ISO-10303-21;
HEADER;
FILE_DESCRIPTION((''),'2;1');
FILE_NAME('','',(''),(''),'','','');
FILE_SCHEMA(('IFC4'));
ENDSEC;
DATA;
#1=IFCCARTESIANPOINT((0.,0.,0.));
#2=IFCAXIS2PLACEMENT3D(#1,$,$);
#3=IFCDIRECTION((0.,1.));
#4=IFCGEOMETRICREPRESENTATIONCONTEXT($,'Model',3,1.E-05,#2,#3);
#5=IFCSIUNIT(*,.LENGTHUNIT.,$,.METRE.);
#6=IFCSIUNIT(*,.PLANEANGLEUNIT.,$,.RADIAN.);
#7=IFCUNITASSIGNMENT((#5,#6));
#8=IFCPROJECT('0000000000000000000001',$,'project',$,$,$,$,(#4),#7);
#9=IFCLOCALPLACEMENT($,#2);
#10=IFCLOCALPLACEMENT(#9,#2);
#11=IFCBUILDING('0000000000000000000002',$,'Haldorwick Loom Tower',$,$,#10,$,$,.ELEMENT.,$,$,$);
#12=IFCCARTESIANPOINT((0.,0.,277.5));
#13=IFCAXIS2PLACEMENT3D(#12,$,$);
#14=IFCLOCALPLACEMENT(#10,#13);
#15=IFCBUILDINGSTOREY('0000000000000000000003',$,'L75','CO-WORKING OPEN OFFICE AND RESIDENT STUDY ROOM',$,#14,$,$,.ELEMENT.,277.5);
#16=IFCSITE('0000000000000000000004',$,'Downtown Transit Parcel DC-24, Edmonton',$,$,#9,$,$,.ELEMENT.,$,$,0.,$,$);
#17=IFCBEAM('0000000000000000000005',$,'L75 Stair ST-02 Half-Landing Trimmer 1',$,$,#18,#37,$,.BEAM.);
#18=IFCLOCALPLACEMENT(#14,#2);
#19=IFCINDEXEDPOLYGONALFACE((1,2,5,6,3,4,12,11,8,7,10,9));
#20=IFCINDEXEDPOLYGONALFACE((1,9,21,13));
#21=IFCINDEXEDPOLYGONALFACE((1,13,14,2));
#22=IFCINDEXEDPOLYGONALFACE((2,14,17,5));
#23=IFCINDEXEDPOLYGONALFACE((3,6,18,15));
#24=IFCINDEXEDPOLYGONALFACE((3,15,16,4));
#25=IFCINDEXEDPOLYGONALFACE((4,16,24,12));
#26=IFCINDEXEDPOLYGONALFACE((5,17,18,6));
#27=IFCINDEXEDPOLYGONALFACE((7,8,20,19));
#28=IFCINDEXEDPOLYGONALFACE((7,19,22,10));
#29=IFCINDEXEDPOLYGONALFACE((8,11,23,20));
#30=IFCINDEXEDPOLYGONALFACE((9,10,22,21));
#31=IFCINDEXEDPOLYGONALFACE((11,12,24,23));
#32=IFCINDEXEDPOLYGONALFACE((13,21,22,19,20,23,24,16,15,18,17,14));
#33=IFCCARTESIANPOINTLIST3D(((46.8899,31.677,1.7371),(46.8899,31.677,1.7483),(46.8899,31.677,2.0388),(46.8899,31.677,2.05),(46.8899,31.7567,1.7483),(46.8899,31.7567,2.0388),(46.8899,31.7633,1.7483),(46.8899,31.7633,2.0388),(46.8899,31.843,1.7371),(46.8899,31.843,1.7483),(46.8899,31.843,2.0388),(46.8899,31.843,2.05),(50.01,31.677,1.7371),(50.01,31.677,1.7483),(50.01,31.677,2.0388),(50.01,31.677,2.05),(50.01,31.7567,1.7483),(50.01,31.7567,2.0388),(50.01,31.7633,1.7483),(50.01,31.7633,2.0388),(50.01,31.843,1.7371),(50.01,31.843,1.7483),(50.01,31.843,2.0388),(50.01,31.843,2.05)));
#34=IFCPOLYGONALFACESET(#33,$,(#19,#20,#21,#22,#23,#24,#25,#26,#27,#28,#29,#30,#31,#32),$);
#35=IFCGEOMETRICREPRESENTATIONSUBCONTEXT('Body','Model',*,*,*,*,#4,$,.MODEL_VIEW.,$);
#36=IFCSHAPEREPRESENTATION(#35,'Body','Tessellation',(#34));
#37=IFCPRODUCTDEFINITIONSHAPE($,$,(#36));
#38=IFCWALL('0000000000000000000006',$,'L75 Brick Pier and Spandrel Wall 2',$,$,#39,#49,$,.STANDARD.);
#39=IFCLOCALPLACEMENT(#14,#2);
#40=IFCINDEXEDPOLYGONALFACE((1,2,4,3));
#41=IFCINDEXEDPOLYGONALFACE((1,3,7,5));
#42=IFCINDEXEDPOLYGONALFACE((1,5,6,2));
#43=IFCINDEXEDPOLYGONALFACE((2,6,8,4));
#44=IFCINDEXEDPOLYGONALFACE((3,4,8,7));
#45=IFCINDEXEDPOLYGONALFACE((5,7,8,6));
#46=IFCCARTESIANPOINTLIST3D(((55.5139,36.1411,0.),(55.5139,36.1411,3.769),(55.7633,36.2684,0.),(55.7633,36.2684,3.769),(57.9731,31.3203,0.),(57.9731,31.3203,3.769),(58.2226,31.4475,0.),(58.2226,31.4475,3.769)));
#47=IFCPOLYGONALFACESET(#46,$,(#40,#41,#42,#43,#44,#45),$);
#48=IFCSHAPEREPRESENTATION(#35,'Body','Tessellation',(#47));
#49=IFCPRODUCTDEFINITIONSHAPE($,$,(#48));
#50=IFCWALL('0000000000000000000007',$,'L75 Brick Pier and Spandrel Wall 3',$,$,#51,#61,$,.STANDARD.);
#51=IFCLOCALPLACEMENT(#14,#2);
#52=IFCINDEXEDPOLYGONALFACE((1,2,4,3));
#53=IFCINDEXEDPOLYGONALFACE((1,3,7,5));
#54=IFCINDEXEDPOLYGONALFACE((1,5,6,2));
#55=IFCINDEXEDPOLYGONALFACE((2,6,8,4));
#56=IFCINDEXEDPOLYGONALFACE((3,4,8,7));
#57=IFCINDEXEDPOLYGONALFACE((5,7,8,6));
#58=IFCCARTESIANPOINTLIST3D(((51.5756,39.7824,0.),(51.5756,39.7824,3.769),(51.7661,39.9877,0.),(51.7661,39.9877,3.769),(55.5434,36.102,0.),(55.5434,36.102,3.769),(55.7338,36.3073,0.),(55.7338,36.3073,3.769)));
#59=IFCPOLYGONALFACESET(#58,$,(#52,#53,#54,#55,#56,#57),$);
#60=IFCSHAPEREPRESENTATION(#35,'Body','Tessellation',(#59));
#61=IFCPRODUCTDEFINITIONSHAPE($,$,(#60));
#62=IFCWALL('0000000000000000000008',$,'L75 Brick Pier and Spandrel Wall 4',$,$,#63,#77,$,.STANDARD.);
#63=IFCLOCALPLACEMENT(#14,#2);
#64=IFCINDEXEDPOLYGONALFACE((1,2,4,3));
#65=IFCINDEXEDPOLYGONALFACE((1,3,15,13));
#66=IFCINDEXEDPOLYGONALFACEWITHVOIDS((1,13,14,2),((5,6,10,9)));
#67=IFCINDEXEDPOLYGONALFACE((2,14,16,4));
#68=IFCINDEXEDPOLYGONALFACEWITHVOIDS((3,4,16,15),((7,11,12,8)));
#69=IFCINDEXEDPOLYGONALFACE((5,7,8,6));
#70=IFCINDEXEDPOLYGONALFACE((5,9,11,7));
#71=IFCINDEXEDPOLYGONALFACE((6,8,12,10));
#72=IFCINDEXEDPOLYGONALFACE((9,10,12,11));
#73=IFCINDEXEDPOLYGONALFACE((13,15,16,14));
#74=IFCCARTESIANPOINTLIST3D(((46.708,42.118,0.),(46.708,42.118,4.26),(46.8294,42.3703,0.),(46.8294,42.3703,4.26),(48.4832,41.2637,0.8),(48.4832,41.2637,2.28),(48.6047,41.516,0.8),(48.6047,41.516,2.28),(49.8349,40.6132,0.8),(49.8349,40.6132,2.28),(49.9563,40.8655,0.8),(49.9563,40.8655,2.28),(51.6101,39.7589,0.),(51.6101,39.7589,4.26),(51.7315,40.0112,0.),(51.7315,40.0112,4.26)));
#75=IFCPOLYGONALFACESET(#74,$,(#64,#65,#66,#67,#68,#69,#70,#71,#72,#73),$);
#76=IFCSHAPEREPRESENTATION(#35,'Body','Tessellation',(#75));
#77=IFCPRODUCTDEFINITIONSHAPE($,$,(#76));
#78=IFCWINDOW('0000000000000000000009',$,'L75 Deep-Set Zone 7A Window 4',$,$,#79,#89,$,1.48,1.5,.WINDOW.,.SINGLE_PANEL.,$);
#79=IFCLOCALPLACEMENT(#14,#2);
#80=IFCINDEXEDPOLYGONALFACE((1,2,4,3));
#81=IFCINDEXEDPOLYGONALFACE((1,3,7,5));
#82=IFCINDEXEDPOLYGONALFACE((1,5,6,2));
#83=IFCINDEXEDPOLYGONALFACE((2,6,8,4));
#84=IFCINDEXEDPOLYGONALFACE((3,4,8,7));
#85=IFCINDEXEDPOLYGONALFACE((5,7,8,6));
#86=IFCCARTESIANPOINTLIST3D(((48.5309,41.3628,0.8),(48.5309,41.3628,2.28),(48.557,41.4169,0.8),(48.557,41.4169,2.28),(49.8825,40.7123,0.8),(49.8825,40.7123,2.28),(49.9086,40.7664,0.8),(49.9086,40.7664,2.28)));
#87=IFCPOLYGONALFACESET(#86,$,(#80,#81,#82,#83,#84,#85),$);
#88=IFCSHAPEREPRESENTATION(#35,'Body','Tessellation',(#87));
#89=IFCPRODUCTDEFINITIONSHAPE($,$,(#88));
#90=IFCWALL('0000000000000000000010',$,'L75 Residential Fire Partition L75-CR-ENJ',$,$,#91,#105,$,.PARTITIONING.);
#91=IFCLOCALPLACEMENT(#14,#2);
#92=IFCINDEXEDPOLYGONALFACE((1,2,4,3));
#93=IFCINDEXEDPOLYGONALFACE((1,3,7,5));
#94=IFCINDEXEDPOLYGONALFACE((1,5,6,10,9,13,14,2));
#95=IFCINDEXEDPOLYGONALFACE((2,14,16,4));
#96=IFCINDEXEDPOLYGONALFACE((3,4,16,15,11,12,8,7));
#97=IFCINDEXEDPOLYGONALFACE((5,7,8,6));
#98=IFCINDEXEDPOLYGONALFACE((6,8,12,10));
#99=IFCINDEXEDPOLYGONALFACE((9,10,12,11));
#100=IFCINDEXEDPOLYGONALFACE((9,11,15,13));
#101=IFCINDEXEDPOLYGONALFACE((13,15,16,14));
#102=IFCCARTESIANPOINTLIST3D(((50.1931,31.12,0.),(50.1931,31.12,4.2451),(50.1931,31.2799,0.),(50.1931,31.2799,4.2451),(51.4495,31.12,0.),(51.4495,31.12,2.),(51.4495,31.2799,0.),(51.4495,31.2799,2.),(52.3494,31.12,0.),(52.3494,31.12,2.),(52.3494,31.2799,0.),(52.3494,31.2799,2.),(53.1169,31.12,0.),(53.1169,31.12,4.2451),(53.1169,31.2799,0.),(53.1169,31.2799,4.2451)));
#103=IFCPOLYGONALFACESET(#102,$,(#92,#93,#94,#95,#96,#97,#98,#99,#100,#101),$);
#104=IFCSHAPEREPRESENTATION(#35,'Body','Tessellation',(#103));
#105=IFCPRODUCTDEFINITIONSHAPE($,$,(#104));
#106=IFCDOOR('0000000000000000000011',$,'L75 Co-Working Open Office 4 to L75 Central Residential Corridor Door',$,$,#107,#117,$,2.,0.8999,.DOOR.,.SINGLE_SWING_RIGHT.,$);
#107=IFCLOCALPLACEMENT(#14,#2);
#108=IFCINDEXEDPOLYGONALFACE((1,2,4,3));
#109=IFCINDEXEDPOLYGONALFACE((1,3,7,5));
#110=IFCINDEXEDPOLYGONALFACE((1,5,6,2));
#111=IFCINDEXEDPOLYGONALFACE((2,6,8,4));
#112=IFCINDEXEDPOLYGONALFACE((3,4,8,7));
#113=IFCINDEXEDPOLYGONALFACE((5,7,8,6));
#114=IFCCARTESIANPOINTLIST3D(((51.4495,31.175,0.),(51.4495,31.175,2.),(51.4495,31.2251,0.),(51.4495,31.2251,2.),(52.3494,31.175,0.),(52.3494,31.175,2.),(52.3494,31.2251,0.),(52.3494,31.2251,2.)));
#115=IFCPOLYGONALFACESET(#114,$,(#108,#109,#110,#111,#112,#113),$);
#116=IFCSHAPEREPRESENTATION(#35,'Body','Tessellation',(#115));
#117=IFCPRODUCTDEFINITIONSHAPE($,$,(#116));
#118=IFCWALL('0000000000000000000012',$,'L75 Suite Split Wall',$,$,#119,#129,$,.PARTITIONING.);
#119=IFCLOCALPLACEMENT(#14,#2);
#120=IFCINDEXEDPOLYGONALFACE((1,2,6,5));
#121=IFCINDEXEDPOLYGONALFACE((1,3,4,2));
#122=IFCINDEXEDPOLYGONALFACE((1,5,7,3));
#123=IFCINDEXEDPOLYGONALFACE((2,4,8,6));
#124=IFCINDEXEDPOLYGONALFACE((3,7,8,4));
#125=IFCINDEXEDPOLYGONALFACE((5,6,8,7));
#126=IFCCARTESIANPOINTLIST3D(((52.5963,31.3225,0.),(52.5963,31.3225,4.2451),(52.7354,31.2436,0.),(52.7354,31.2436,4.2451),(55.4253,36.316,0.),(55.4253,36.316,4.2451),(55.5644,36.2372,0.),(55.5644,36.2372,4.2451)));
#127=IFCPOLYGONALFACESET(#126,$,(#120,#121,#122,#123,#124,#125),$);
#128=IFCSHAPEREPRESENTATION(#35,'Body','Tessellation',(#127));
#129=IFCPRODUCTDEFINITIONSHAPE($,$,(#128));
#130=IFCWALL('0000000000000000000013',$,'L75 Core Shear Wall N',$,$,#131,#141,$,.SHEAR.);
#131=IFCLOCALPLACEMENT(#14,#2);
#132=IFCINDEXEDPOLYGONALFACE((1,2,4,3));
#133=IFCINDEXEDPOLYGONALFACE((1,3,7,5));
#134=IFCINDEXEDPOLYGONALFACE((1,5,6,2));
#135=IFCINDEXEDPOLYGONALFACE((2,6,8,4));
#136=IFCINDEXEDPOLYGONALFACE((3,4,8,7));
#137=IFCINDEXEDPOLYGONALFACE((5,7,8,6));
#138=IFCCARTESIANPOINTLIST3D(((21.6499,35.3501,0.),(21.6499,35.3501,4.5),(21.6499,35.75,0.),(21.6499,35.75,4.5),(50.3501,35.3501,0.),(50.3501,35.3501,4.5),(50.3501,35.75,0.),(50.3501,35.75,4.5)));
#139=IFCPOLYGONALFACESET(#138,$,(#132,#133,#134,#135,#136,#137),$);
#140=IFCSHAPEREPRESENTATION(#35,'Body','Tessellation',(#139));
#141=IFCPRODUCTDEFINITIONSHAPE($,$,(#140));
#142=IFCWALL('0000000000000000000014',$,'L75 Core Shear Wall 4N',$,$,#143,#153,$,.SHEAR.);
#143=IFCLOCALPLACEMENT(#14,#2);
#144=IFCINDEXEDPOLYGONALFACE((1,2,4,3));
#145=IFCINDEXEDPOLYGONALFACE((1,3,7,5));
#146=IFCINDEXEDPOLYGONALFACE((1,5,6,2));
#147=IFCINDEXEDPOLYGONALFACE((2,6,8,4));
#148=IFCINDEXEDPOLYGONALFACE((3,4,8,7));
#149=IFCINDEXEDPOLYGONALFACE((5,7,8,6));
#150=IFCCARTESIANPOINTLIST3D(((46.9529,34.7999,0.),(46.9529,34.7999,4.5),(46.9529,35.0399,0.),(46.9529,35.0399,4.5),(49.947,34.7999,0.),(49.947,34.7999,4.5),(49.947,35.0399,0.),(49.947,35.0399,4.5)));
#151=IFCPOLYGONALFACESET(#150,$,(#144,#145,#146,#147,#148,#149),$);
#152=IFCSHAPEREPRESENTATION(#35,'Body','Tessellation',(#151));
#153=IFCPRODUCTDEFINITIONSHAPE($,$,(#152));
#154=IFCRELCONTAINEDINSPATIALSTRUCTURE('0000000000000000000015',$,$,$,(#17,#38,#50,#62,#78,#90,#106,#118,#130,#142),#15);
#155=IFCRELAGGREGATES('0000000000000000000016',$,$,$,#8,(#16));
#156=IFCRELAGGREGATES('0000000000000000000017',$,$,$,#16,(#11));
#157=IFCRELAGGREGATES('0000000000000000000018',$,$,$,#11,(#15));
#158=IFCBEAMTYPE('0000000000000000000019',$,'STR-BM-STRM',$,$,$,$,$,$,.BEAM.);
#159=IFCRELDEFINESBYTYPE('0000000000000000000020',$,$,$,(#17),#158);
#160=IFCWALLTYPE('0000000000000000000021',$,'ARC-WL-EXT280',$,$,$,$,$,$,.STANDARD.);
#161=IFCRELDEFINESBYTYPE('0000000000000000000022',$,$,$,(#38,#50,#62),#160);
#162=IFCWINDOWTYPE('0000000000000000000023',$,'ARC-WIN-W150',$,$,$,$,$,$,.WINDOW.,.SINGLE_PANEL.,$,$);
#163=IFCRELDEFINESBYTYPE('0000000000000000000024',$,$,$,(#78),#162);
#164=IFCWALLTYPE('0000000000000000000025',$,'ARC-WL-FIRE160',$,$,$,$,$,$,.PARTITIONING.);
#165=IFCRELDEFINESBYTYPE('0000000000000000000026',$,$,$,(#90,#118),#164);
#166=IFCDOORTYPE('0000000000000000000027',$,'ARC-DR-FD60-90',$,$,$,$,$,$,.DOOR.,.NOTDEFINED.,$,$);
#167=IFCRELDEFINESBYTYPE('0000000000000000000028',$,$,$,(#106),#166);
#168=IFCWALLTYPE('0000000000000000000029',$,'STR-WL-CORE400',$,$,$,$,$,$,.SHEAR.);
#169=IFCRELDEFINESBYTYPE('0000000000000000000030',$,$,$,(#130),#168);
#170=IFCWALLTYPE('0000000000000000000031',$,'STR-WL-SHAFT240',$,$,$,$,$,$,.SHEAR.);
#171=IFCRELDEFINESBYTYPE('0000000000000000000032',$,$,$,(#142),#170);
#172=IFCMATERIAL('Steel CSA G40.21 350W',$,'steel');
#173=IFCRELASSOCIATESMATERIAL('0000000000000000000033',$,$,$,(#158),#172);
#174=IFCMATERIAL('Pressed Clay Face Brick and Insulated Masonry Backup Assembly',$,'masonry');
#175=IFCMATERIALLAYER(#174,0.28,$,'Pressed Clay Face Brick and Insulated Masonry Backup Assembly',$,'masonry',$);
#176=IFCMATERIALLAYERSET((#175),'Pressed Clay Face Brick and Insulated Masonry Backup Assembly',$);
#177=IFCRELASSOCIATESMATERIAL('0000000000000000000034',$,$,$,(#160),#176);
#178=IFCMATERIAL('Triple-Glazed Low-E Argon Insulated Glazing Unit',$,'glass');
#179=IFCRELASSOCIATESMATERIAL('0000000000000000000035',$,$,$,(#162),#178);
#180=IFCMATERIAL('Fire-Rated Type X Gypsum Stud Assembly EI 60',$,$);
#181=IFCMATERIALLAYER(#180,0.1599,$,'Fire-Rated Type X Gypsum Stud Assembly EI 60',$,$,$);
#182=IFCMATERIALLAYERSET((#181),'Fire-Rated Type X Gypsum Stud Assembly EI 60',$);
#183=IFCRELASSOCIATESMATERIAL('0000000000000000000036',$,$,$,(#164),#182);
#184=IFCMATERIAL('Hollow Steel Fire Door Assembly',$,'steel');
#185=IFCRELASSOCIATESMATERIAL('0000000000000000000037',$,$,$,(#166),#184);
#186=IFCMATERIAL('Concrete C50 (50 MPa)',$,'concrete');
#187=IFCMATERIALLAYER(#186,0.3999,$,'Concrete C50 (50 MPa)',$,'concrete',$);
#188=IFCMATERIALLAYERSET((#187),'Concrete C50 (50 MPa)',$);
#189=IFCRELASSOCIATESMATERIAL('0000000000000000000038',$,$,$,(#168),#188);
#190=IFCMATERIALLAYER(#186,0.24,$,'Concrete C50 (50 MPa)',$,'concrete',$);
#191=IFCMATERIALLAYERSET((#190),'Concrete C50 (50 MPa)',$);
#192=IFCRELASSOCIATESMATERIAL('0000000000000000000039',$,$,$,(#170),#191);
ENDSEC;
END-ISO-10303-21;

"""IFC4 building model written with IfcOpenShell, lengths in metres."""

from ifc_helpers import new_model, si_unit, direction, frame, frame_2d, origin, origin_2d, place, context, subcontext, project, spatial, rectangle, i_section, extrude, material, layer, layer_set, material_profile, profile_set, type_object, element, fill, save


model = new_model("IFC4")

# Units and contexts
model_context = context("Model", 3, precision=1e-05, world=origin(), true_north=direction((0.0, 1.0)))
body_context = subcontext(model_context, "Body", "Model", "MODEL_VIEW")
ifc_project = project(units=[si_unit("LENGTHUNIT", "METRE"), si_unit("PLANEANGLEUNIT", "RADIAN")], contexts=[model_context])

# Site, building, storey
site_placement = place(None, origin())
site = spatial("IfcSite", under=ifc_project, at=site_placement, Name="Downtown Transit Parcel DC-24, Edmonton", CompositionType="ELEMENT", RefElevation=0.0)
building_placement = place(site_placement, origin())
building = spatial("IfcBuilding", under=site, at=building_placement, Name="Haldorwick Loom Tower", CompositionType="ELEMENT")
storey_placement = place(building_placement, frame((0.0, 0.0, 277.5)))
storey = spatial("IfcBuildingStorey", under=building, at=storey_placement, Name="L75", Description="CO-WORKING OPEN OFFICE AND RESIDENT STUDY ROOM", CompositionType="ELEMENT", Elevation=277.5)

# Shared definitions
ifc_material_1 = material(Name="Concrete C50 (50 MPa)", Category="concrete")
ifc_material_2 = material(Name="Steel CSA G40.21 350W", Category="steel")

# Beam
ifc_material_profile_1 = material_profile(ifc_material_2, i_section(OverallWidth=0.166, OverallDepth=0.313, WebThickness=0.0066, FlangeThickness=0.0112, at=origin_2d()), Name="W310X45", Category="steel")
ifc_profile_set_1 = profile_set([ifc_material_profile_1], Name="Steel CSA G40.21 350W")
beam_type_1 = type_object("IfcBeamType", Name="STR-BM-STRM", PredefinedType="BEAM", material=ifc_profile_set_1)
for number, where, z_axis, x_axis, name in (
    (1, (46.8899, 31.76, 1.8936), (1.0, 0.0, 0.0), (0.0, 1.0, 0.0), "L75 Stair ST-02 Half-Landing Trimmer 1"),
):
    element("IfcBeam", number, at=place(storey_placement, frame(where, z_axis=z_axis, x_axis=x_axis)), inside=storey, type_object=beam_type_1, Name=name, PredefinedType="BEAM", context=body_context, shape_type="SweptSolid", body=[
        extrude(i_section(OverallWidth=0.166, OverallDepth=0.313, WebThickness=0.0066, FlangeThickness=0.0112, at=origin_2d()), origin(), (0.0, 0.0, 1.0), 3.1201),
    ])

# Walls
ifc_material_3 = material(Name="Pressed Clay Face Brick and Insulated Masonry Backup Assembly", Category="masonry")
ifc_layer_1 = layer(ifc_material_3, 0.28, Name="Pressed Clay Face Brick and Insulated Masonry Backup Assembly", Category="masonry")
ifc_layer_set_1 = layer_set([ifc_layer_1], Name="Pressed Clay Face Brick and Insulated Masonry Backup Assembly")
wall_type_1 = type_object("IfcWallType", Name="ARC-WL-EXT280", PredefinedType="STANDARD", material=ifc_layer_set_1)
for number, where, z_axis, x_axis, name in (
    (2, (58.0979, 31.3838, 0.0), (0.0, 0.0, 1.0), (-0.454417, 0.890789, 0.0), "L75 Brick Pier and Spandrel Wall 2"),
    (3, (55.6387, 36.2046, 0.0), (0.0, 0.0, 1.0), (-0.733157, 0.68006, 0.0), "L75 Brick Pier and Spandrel Wall 3"),
):
    element("IfcWall", number, at=place(storey_placement, frame(where, z_axis=z_axis, x_axis=x_axis)), inside=storey, type_object=wall_type_1, Name=name, PredefinedType="STANDARD", context=body_context, shape_type="SweptSolid", body=[
        extrude(rectangle(XDim=5.4119, YDim=0.28, at=frame_2d((2.7061, 0.0))), origin(), (0.0, 0.0, 1.0), 3.769),
    ])

# Wall, opening, window
wall_1_placement = place(storey_placement, frame((51.6709, 39.885, 0.0), z_axis=(0.0, 0.0, 1.0), x_axis=(-0.901084, 0.433646, 0.0)))
wall_1 = element("IfcWall", 4, at=wall_1_placement, inside=storey, type_object=wall_type_1, Name="L75 Brick Pier and Spandrel Wall 4", PredefinedType="STANDARD", context=body_context, shape_type="SweptSolid", body=[
    extrude(rectangle(XDim=5.4402, YDim=0.28, at=frame_2d((2.7202, 0.0))), origin(), (0.0, 0.0, 1.0), 4.26),
])
opening_1_placement = place(wall_1_placement, frame((1.9702, 0.0, 0.8)))
opening_1 = element("IfcOpeningElement", 5, at=opening_1_placement, cuts=wall_1, PredefinedType="OPENING", context=body_context, shape_type="SweptSolid", body=[
    extrude(rectangle(XDim=1.5, YDim=1.48, at=frame_2d((0.75, 0.74))), frame((0.0, 0.1499, 0.0), z_axis=(0.0, -1.0, 0.0), x_axis=(1.0, 0.0, 0.0)), (0.0, 0.0, 1.0), 0.3),
])
ifc_material_4 = material(Name="Triple-Glazed Low-E Argon Insulated Glazing Unit", Category="glass")
window_type = type_object("IfcWindowType", Name="ARC-WIN-W150", PartitioningType="SINGLE_PANEL", PredefinedType="WINDOW", material=ifc_material_4)
window_placement = place(opening_1_placement, origin())
window = element("IfcWindow", 6, at=window_placement, inside=storey, type_object=window_type, Name="L75 Deep-Set Zone 7A Window 4", OverallHeight=1.48, OverallWidth=1.5, PartitioningType="SINGLE_PANEL", PredefinedType="WINDOW", context=body_context, shape_type="SweptSolid", body=[
    extrude(rectangle(XDim=1.5, YDim=1.48, at=frame_2d((0.75, 0.74))), frame((0.0, 0.03, 0.0), z_axis=(0.0, -1.0, 0.0), x_axis=(1.0, 0.0, 0.0)), (0.0, 0.0, 1.0), 0.0601),
])
fill(opening_1, window)

# Wall, opening, door
ifc_material_5 = material(Name="Fire-Rated Type X Gypsum Stud Assembly EI 60")
ifc_layer_2 = layer(ifc_material_5, 0.1599, Name="Fire-Rated Type X Gypsum Stud Assembly EI 60")
ifc_layer_set_2 = layer_set([ifc_layer_2], Name="Fire-Rated Type X Gypsum Stud Assembly EI 60")
wall_type_2 = type_object("IfcWallType", Name="ARC-WL-FIRE160", PredefinedType="PARTITIONING", material=ifc_layer_set_2)
wall_2_placement = place(storey_placement, frame((50.1931, 31.2, 0.0), z_axis=(0.0, 0.0, 1.0), x_axis=(1.0, 0.0, 0.0)))
wall_2 = element("IfcWall", 7, at=wall_2_placement, inside=storey, type_object=wall_type_2, Name="L75 Residential Fire Partition L75-CR-ENJ", PredefinedType="PARTITIONING", context=body_context, shape_type="SweptSolid", body=[
    extrude(rectangle(XDim=2.9238, YDim=0.1599, at=frame_2d((1.4619, 0.0))), origin(), (0.0, 0.0, 1.0), 4.2451),
])
opening_2_placement = place(wall_2_placement, frame((1.2563, 0.0, 0.0)))
opening_2 = element("IfcOpeningElement", 8, at=opening_2_placement, cuts=wall_2, PredefinedType="OPENING", context=body_context, shape_type="SweptSolid", body=[
    extrude(rectangle(XDim=0.8999, YDim=2.0, at=frame_2d((0.45, 1.0))), frame((0.0, 0.0898, 0.0), z_axis=(0.0, -1.0, 0.0), x_axis=(1.0, 0.0, 0.0)), (0.0, 0.0, 1.0), 0.1799),
])
ifc_material_6 = material(Name="Hollow Steel Fire Door Assembly", Category="steel")
door_type = type_object("IfcDoorType", Name="ARC-DR-FD60-90", OperationType="NOTDEFINED", PredefinedType="DOOR", material=ifc_material_6)
door_placement = place(opening_2_placement, frame((0.8999, 0.0, 0.0), z_axis=(0.0, 0.0, 1.0), x_axis=(-1.0, 0.0, 0.0)))
door = element("IfcDoor", 9, at=door_placement, inside=storey, type_object=door_type, Name="L75 Co-Working Open Office 4 to L75 Central Residential Corridor Door", OperationType="SINGLE_SWING_RIGHT", OverallHeight=2.0, OverallWidth=0.8999, PredefinedType="DOOR", context=body_context, shape_type="SweptSolid", body=[
    extrude(rectangle(XDim=0.8999, YDim=2.0, at=frame_2d((0.45, 1.0))), frame((0.0, 0.0249, 0.0), z_axis=(0.0, -1.0, 0.0), x_axis=(1.0, 0.0, 0.0)), (0.0, 0.0, 1.0), 0.05),
])
fill(opening_2, door)

# Walls
wall_3_placement = place(storey_placement, frame((55.4949, 36.2766, 0.0), z_axis=(0.0, 0.0, 1.0), x_axis=(-0.492929, -0.87007, 0.0)))
element("IfcWall", 10, at=wall_3_placement, inside=storey, type_object=wall_type_2, Name="L75 Suite Split Wall", PredefinedType="PARTITIONING", context=body_context, shape_type="SweptSolid", body=[
    extrude(rectangle(XDim=5.7393, YDim=0.1599, at=frame_2d((2.8696, 0.0))), origin(), (0.0, 0.0, 1.0), 4.2451),
])
ifc_layer_3 = layer(ifc_material_1, 0.3999, Name="Concrete C50 (50 MPa)", Category="concrete")
ifc_layer_set_3 = layer_set([ifc_layer_3], Name="Concrete C50 (50 MPa)")
wall_type_3 = type_object("IfcWallType", Name="STR-WL-CORE400", PredefinedType="SHEAR", material=ifc_layer_set_3)
wall_4_placement = place(storey_placement, frame((50.3501, 35.55, 0.0), z_axis=(0.0, 0.0, 1.0), x_axis=(-1.0, 0.0, 0.0)))
element("IfcWall", 11, at=wall_4_placement, inside=storey, type_object=wall_type_3, Name="L75 Core Shear Wall N", PredefinedType="SHEAR", context=body_context, shape_type="SweptSolid", body=[
    extrude(rectangle(XDim=28.7002, YDim=0.3999, at=frame_2d((14.3501, 0.0))), origin(), (0.0, 0.0, 1.0), 4.5),
])
ifc_layer_4 = layer(ifc_material_1, 0.24, Name="Concrete C50 (50 MPa)", Category="concrete")
ifc_layer_set_4 = layer_set([ifc_layer_4], Name="Concrete C50 (50 MPa)")
wall_type_4 = type_object("IfcWallType", Name="STR-WL-SHAFT240", PredefinedType="SHEAR", material=ifc_layer_set_4)
wall_5_placement = place(storey_placement, frame((46.9529, 34.9199, 0.0), z_axis=(0.0, 0.0, 1.0), x_axis=(1.0, 0.0, 0.0)))
element("IfcWall", 12, at=wall_5_placement, inside=storey, type_object=wall_type_4, Name="L75 Core Shear Wall 4N", PredefinedType="SHEAR", context=body_context, shape_type="SweptSolid", body=[
    extrude(rectangle(XDim=2.9941, YDim=0.24, at=frame_2d((1.4971, 0.0))), origin(), (0.0, 0.0, 1.0), 4.5),
])

save(model, "model.ifc")
